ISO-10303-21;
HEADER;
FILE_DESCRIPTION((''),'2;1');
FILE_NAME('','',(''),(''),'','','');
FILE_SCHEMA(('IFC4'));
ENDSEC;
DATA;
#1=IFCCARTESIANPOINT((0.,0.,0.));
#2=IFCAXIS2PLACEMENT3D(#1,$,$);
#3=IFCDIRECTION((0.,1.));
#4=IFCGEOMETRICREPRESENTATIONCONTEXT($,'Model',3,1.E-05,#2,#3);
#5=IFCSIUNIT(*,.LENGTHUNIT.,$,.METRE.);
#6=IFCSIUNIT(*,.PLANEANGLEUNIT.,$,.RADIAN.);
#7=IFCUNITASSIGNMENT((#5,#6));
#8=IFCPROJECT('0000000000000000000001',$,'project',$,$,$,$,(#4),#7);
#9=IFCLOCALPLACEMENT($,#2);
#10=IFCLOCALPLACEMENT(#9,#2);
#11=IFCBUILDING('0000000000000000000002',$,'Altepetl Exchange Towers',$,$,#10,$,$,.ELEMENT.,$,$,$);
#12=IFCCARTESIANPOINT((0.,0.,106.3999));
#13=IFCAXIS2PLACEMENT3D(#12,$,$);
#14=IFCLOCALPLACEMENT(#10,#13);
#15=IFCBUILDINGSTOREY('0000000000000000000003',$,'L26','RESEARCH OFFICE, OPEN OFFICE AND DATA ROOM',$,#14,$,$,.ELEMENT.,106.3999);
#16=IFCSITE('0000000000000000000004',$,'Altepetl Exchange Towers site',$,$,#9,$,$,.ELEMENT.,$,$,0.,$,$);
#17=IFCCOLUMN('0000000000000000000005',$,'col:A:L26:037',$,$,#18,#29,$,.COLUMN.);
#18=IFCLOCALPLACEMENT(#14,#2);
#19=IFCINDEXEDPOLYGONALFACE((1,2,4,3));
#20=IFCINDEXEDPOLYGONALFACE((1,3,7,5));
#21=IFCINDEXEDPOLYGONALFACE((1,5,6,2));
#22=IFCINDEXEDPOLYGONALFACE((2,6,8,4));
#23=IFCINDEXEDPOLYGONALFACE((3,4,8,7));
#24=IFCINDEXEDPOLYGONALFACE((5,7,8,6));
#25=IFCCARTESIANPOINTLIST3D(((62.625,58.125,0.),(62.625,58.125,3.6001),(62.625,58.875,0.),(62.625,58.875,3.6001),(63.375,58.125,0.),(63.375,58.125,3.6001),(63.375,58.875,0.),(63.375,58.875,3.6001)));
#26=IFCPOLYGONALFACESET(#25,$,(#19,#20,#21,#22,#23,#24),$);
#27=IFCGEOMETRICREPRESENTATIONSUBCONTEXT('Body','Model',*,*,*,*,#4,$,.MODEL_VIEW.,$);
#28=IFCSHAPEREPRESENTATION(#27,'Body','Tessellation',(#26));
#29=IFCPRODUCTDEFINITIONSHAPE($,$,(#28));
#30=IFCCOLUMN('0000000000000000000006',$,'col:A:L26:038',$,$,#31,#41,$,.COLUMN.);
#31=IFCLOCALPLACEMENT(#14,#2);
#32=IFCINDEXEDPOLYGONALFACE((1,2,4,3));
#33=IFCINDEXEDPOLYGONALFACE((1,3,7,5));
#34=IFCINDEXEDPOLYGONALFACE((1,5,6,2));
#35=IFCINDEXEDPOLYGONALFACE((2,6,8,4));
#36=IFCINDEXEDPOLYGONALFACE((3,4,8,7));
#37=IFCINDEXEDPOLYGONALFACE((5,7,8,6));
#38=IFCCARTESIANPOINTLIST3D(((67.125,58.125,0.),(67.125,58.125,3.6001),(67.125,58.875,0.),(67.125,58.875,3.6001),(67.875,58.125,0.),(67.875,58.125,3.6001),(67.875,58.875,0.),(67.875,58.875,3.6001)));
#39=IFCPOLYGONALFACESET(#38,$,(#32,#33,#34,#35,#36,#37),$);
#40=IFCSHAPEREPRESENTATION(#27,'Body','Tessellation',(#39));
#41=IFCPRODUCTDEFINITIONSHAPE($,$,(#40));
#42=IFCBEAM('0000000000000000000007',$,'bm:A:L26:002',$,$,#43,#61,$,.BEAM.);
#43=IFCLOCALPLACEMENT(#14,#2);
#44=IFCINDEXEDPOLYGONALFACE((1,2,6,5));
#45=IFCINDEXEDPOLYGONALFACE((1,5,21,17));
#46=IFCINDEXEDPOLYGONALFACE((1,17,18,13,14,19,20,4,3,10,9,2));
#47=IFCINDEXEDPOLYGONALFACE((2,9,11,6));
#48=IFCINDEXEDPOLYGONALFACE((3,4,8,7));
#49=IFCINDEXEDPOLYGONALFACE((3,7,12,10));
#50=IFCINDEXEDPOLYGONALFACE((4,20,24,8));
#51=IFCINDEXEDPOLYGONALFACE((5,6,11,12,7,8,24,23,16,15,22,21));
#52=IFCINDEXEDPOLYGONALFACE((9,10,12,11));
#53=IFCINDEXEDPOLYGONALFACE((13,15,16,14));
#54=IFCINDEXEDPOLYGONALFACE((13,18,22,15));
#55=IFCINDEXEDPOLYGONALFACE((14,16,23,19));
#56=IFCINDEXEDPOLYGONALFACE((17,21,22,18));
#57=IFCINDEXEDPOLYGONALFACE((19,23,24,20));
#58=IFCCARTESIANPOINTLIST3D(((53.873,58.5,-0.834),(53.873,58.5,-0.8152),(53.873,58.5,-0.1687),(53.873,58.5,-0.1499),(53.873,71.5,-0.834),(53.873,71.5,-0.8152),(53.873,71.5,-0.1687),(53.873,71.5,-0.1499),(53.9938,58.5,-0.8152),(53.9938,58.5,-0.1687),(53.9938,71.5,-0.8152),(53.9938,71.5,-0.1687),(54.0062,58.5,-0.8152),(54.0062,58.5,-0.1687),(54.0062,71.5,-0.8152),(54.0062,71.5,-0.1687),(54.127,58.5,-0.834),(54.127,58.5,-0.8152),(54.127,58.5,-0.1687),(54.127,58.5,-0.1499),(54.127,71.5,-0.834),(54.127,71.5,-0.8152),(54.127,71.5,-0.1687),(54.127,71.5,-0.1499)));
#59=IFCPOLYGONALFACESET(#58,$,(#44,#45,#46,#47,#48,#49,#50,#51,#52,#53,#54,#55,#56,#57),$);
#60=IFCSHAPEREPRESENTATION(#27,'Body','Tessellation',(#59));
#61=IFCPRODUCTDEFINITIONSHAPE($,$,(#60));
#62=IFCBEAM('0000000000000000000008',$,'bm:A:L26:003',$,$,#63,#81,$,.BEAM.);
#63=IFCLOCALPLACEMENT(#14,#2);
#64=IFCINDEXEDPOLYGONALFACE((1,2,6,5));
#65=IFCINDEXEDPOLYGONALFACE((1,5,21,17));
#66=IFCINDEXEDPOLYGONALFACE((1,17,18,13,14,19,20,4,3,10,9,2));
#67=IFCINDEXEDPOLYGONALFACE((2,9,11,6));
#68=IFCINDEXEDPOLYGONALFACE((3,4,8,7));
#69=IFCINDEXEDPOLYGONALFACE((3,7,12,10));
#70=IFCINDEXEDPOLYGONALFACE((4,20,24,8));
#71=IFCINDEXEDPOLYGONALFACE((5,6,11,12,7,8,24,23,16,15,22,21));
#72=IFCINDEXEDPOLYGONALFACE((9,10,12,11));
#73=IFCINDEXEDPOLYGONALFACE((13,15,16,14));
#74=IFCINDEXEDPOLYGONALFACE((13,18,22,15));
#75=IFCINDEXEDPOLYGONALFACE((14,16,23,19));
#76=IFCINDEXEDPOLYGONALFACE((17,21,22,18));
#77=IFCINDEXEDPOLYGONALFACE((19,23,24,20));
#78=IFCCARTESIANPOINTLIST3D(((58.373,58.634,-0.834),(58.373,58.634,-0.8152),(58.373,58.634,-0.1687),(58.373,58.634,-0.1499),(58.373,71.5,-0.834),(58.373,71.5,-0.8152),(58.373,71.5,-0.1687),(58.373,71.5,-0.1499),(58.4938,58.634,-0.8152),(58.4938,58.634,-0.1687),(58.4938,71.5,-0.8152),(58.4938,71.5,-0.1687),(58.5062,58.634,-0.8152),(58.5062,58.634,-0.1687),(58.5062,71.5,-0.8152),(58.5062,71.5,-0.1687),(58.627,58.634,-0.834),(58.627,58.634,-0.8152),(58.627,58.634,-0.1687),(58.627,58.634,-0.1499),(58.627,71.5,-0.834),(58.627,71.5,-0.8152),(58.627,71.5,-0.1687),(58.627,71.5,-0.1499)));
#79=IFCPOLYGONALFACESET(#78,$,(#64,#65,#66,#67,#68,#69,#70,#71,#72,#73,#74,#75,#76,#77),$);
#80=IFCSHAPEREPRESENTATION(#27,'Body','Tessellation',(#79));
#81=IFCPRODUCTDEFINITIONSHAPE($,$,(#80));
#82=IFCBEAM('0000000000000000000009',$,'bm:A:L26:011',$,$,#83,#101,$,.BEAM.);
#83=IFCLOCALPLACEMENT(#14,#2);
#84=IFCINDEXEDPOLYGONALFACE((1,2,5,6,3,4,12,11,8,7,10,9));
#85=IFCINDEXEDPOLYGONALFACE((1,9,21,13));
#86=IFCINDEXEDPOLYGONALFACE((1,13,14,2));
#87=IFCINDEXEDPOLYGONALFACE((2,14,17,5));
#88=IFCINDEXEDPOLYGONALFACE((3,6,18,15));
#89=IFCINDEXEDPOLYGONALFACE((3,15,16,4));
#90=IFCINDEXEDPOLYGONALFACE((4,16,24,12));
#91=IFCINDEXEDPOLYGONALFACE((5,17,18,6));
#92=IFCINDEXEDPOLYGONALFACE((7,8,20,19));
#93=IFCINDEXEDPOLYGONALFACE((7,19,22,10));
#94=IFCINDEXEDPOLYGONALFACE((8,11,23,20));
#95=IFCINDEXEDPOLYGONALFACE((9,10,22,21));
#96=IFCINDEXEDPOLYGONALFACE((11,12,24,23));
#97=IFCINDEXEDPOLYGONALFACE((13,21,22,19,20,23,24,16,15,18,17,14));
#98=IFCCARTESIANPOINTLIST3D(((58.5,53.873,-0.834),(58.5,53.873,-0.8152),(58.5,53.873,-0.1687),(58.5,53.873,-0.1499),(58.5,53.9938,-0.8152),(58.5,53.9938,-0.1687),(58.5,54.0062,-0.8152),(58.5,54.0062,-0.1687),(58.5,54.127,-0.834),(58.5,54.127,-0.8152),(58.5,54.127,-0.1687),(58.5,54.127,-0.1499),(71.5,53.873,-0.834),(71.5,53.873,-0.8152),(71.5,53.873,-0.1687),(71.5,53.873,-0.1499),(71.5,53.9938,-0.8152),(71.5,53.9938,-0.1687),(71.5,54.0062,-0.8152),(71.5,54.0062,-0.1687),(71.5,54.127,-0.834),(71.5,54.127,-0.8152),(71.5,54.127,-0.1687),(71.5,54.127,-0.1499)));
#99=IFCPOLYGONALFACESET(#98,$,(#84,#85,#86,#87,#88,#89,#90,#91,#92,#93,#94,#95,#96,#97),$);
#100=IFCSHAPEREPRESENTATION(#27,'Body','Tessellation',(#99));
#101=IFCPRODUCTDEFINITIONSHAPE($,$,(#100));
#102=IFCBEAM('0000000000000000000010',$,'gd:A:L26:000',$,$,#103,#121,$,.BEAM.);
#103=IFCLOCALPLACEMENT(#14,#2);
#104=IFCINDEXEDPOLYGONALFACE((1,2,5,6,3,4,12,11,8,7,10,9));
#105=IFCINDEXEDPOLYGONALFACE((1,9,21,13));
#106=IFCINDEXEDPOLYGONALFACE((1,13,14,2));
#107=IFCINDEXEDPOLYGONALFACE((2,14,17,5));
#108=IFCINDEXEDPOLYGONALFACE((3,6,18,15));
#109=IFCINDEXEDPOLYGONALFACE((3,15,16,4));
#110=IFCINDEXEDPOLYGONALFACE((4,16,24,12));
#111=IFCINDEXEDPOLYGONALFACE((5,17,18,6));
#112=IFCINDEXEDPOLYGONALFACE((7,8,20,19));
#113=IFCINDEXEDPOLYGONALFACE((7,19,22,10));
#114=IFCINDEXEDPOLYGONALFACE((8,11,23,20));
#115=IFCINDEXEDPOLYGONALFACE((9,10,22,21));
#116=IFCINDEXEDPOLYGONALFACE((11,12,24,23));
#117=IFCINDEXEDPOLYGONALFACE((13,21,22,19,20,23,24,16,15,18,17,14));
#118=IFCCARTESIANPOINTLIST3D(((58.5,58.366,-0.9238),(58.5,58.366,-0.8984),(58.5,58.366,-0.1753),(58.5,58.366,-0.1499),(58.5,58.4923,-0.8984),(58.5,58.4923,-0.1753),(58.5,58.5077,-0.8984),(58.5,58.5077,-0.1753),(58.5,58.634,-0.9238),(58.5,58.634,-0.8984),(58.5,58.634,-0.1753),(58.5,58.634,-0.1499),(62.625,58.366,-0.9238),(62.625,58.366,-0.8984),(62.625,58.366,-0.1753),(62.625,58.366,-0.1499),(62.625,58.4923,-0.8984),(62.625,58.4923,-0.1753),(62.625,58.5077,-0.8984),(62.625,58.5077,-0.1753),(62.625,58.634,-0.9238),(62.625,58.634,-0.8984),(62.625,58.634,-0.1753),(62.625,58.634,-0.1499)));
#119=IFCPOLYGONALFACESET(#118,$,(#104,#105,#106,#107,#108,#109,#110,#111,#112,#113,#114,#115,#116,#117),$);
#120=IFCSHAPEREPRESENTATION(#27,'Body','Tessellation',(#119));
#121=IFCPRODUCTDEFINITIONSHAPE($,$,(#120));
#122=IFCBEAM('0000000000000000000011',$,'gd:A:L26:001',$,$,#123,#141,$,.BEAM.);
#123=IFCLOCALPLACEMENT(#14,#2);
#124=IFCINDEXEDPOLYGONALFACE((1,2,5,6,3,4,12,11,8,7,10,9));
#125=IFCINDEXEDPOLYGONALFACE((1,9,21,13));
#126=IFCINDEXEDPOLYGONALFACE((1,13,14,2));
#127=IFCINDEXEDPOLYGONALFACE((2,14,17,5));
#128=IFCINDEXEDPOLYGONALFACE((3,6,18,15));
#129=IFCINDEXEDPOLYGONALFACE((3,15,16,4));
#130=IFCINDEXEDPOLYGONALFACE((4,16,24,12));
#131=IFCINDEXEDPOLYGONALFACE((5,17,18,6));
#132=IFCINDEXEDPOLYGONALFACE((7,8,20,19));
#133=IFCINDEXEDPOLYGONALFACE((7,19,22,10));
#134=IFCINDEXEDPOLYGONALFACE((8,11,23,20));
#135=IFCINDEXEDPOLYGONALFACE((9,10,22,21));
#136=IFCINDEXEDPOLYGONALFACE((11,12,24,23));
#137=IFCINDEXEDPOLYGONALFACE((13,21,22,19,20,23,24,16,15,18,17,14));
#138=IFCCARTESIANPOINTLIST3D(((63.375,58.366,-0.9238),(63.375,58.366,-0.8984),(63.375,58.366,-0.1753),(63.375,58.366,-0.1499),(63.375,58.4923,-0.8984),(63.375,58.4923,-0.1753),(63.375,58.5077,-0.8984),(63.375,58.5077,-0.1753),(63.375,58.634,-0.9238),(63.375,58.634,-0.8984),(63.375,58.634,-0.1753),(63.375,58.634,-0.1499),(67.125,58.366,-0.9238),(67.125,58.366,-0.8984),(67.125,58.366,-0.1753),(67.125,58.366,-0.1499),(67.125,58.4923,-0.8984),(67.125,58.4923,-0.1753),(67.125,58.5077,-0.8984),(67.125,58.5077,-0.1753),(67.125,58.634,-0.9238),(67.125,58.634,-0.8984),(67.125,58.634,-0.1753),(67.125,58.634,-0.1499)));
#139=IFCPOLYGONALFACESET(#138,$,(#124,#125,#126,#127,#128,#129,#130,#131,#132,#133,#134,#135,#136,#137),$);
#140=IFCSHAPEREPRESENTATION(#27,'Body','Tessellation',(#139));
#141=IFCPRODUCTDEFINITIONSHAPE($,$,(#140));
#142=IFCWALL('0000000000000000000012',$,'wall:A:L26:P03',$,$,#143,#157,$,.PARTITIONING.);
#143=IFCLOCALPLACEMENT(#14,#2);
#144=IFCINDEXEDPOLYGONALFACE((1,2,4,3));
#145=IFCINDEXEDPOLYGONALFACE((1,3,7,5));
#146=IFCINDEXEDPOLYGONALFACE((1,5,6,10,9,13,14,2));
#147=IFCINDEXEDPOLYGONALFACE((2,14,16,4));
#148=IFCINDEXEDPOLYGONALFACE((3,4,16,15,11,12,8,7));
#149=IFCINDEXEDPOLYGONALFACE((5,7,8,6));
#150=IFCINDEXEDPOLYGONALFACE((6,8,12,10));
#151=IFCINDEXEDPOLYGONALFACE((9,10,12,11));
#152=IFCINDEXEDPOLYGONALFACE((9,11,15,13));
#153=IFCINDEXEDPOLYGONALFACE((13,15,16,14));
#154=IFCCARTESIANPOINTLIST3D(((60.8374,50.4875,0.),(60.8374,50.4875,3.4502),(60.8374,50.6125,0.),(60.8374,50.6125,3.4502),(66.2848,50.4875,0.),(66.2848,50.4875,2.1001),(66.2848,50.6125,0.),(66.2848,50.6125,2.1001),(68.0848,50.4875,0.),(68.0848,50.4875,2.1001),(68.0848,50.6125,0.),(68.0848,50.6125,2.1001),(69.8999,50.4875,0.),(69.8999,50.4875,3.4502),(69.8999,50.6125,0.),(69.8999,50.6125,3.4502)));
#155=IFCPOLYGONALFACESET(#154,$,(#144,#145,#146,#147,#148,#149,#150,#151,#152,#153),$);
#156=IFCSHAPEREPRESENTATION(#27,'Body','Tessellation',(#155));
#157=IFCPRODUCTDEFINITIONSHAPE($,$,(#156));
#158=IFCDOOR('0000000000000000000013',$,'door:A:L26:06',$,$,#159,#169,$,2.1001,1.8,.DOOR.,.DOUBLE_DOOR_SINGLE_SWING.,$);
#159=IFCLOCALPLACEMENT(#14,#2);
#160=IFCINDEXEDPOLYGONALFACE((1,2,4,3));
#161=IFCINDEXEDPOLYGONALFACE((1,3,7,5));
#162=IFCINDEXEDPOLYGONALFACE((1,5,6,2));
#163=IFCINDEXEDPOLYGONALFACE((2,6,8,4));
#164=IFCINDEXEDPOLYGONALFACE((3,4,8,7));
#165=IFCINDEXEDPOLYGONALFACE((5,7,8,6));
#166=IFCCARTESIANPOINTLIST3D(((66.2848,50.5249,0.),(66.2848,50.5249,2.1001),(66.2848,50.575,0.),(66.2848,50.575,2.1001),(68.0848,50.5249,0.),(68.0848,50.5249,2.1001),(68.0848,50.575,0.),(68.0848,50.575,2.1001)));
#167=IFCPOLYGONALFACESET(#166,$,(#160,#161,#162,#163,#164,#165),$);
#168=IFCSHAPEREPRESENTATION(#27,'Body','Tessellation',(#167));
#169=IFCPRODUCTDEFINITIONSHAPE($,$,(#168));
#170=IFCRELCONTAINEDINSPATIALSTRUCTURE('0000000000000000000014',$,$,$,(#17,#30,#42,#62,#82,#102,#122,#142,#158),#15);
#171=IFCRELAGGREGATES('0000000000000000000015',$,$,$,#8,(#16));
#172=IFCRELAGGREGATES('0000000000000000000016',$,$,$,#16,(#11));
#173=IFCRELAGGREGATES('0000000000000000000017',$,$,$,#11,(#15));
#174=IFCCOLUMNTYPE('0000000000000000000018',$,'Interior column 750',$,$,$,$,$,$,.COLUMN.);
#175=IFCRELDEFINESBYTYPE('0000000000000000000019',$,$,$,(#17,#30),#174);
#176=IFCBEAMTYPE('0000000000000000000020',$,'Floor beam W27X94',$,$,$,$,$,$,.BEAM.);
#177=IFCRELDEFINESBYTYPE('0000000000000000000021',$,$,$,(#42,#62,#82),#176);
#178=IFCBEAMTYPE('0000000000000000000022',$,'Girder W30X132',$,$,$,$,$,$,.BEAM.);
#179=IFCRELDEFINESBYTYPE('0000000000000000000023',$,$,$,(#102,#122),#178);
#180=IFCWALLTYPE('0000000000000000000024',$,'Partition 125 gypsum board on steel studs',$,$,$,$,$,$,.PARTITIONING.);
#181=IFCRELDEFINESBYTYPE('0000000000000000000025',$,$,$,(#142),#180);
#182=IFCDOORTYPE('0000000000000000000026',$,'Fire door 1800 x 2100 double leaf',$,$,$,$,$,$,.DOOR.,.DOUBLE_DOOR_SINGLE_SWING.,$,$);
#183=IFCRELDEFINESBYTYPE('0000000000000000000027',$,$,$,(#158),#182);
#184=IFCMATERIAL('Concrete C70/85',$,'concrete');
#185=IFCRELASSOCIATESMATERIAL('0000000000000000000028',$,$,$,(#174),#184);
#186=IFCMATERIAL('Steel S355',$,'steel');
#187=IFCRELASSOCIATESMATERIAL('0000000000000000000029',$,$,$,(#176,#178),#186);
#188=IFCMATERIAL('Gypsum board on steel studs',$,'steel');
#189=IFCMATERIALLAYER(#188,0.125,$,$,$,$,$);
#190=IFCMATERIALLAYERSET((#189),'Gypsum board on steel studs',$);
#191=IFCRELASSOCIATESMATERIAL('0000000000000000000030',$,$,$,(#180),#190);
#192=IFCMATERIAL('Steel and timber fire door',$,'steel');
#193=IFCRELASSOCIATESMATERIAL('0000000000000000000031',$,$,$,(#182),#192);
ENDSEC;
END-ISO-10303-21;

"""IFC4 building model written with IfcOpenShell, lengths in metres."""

from ifc_helpers import new_model, si_unit, direction, frame, frame_2d, origin, origin_2d, place, context, subcontext, project, spatial, rectangle, i_section, extrude, material, layer, layer_set, material_profile, profile_set, type_object, element, fill, save


model = new_model("IFC4")

# Units and contexts
model_context = context("Model", 3, precision=1e-05, world=origin(), true_north=direction((0.0, 1.0)))
body_context = subcontext(model_context, "Body", "Model", "MODEL_VIEW")
ifc_project = project(units=[si_unit("LENGTHUNIT", "METRE"), si_unit("PLANEANGLEUNIT", "RADIAN")], contexts=[model_context])

# Site, building, storey
site_placement = place(None, origin())
site = spatial("IfcSite", under=ifc_project, at=site_placement, Name="Altepetl Exchange Towers site", CompositionType="ELEMENT", RefElevation=0.0)
building_placement = place(site_placement, origin())
building = spatial("IfcBuilding", under=site, at=building_placement, Name="Altepetl Exchange Towers", CompositionType="ELEMENT")
storey_placement = place(building_placement, frame((0.0, 0.0, 106.3999)))
storey = spatial("IfcBuildingStorey", under=building, at=storey_placement, Name="L26", Description="RESEARCH OFFICE, OPEN OFFICE AND DATA ROOM", CompositionType="ELEMENT", Elevation=106.3999)

# Columns
ifc_material_1 = material(Name="Concrete C70/85", Category="concrete")
ifc_material_profile_1 = material_profile(ifc_material_1, rectangle(XDim=0.75, YDim=0.75, at=origin_2d()), Name="750 x 750")
ifc_profile_set_1 = profile_set([ifc_material_profile_1], Name="Concrete C70/85")
column_type = type_object("IfcColumnType", Name="Interior column 750", PredefinedType="COLUMN", material=ifc_profile_set_1)
for number, where, name in (
    (1, (63.0, 58.5, 0.0), "col:A:L26:037"),
    (2, (67.5, 58.5, 0.0), "col:A:L26:038"),
):
    element("IfcColumn", number, at=place(storey_placement, frame(where)), inside=storey, type_object=column_type, Name=name, PredefinedType="COLUMN", context=body_context, shape_type="SweptSolid", body=[
        extrude(rectangle(XDim=0.75, YDim=0.75, at=origin_2d()), origin(), (0.0, 0.0, 1.0), 3.6001),
    ])

# Beams
ifc_material_2 = material(Name="Steel S355", Category="steel")
ifc_material_profile_2 = material_profile(ifc_material_2, i_section(OverallWidth=0.2539, OverallDepth=0.6841, WebThickness=0.0125, FlangeThickness=0.0188, at=origin_2d()), Name="W27X94")
ifc_profile_set_2 = profile_set([ifc_material_profile_2], Name="Steel S355")
beam_type_1 = type_object("IfcBeamType", Name="Floor beam W27X94", PredefinedType="BEAM", material=ifc_profile_set_2)
beam_1_placement = place(storey_placement, frame((54.0, 58.5, -0.4919), z_axis=(0.0, 1.0, 0.0), x_axis=(-1.0, 0.0, 0.0)))
element("IfcBeam", 3, at=beam_1_placement, inside=storey, type_object=beam_type_1, Name="bm:A:L26:002", PredefinedType="BEAM", context=body_context, shape_type="SweptSolid", body=[
    extrude(i_section(OverallWidth=0.2539, OverallDepth=0.6841, WebThickness=0.0125, FlangeThickness=0.0188, at=origin_2d()), origin(), (0.0, 0.0, 1.0), 13.0),
])
beam_2_placement = place(storey_placement, frame((58.5, 58.634, -0.4919), z_axis=(0.0, 1.0, 0.0), x_axis=(-1.0, 0.0, 0.0)))
element("IfcBeam", 4, at=beam_2_placement, inside=storey, type_object=beam_type_1, Name="bm:A:L26:003", PredefinedType="BEAM", context=body_context, shape_type="SweptSolid", body=[
    extrude(i_section(OverallWidth=0.2539, OverallDepth=0.6841, WebThickness=0.0125, FlangeThickness=0.0188, at=origin_2d()), origin(), (0.0, 0.0, 1.0), 12.866),
])
beam_3_placement = place(storey_placement, frame((58.5, 54.0, -0.4919), z_axis=(1.0, 0.0, 0.0), x_axis=(0.0, 1.0, 0.0)))
element("IfcBeam", 5, at=beam_3_placement, inside=storey, type_object=beam_type_1, Name="bm:A:L26:011", PredefinedType="BEAM", context=body_context, shape_type="SweptSolid", body=[
    extrude(i_section(OverallWidth=0.2539, OverallDepth=0.6841, WebThickness=0.0125, FlangeThickness=0.0188, at=origin_2d()), origin(), (0.0, 0.0, 1.0), 13.0),
])
ifc_material_profile_3 = material_profile(ifc_material_2, i_section(OverallWidth=0.2681, OverallDepth=0.7739, WebThickness=0.0154, FlangeThickness=0.0254, at=origin_2d()), Name="W30X132")
ifc_profile_set_3 = profile_set([ifc_material_profile_3], Name="Steel S355")
beam_type_2 = type_object("IfcBeamType", Name="Girder W30X132", PredefinedType="BEAM", material=ifc_profile_set_3)
beam_4_placement = place(storey_placement, frame((58.5, 58.5, -0.5369), z_axis=(1.0, 0.0, 0.0), x_axis=(0.0, 1.0, 0.0)))
element("IfcBeam", 6, at=beam_4_placement, inside=storey, type_object=beam_type_2, Name="gd:A:L26:000", PredefinedType="BEAM", context=body_context, shape_type="SweptSolid", body=[
    extrude(i_section(OverallWidth=0.2681, OverallDepth=0.7739, WebThickness=0.0154, FlangeThickness=0.0254, at=origin_2d()), origin(), (0.0, 0.0, 1.0), 4.125),
])
beam_5_placement = place(storey_placement, frame((63.375, 58.5, -0.5369), z_axis=(1.0, 0.0, 0.0), x_axis=(0.0, 1.0, 0.0)))
element("IfcBeam", 7, at=beam_5_placement, inside=storey, type_object=beam_type_2, Name="gd:A:L26:001", PredefinedType="BEAM", context=body_context, shape_type="SweptSolid", body=[
    extrude(i_section(OverallWidth=0.2681, OverallDepth=0.7739, WebThickness=0.0154, FlangeThickness=0.0254, at=origin_2d()), origin(), (0.0, 0.0, 1.0), 3.75),
])

# Wall, opening, door
ifc_material_3 = material(Name="Gypsum board on steel studs", Category="steel")
ifc_layer_1 = layer(ifc_material_3, 0.125)
ifc_layer_set_1 = layer_set([ifc_layer_1], Name="Gypsum board on steel studs")
wall_type_1 = type_object("IfcWallType", Name="Partition 125 gypsum board on steel studs", PredefinedType="PARTITIONING", material=ifc_layer_set_1)
wall_1_placement = place(storey_placement, frame((60.8374, 50.55, 0.0)))
wall_1 = element("IfcWall", 8, at=wall_1_placement, inside=storey, type_object=wall_type_1, Name="wall:A:L26:P03", PredefinedType="PARTITIONING", context=body_context, shape_type="SweptSolid", body=[
    extrude(rectangle(XDim=9.0625, YDim=0.125, at=frame_2d((4.5312, 0.0))), origin(), (0.0, 0.0, 1.0), 3.4502),
])
opening_1_placement = place(wall_1_placement, frame((5.4475, 0.0, 0.0)))
opening_1 = element("IfcOpeningElement", 9, at=opening_1_placement, cuts=wall_1, PredefinedType="OPENING", context=body_context, shape_type="SweptSolid", body=[
    extrude(rectangle(XDim=1.8, YDim=2.1001, at=frame_2d((0.8999, 1.05))), frame((0.0, 0.0725, 0.0), z_axis=(0.0, -1.0, 0.0), x_axis=(1.0, 0.0, 0.0)), (0.0, 0.0, 1.0), 0.145),
])
ifc_material_4 = material(Name="Steel and timber fire door", Category="steel")
door_type_1 = type_object("IfcDoorType", Name="Fire door 1800 x 2100 double leaf", OperationType="DOUBLE_DOOR_SINGLE_SWING", PredefinedType="DOOR", material=ifc_material_4)
door_1_placement = place(opening_1_placement, origin())
door_1 = element("IfcDoor", 10, at=door_1_placement, inside=storey, type_object=door_type_1, Name="door:A:L26:06", OperationType="DOUBLE_DOOR_SINGLE_SWING", OverallHeight=2.1001, OverallWidth=1.8, PredefinedType="DOOR", context=body_context, shape_type="SweptSolid", body=[
    extrude(rectangle(XDim=1.8, YDim=2.1001, at=frame_2d((0.8999, 1.05))), frame((0.0, 0.0249, 0.0), z_axis=(0.0, -1.0, 0.0), x_axis=(1.0, 0.0, 0.0)), (0.0, 0.0, 1.0), 0.05),
])
fill(opening_1, door_1)

save(model, "model.ifc")
